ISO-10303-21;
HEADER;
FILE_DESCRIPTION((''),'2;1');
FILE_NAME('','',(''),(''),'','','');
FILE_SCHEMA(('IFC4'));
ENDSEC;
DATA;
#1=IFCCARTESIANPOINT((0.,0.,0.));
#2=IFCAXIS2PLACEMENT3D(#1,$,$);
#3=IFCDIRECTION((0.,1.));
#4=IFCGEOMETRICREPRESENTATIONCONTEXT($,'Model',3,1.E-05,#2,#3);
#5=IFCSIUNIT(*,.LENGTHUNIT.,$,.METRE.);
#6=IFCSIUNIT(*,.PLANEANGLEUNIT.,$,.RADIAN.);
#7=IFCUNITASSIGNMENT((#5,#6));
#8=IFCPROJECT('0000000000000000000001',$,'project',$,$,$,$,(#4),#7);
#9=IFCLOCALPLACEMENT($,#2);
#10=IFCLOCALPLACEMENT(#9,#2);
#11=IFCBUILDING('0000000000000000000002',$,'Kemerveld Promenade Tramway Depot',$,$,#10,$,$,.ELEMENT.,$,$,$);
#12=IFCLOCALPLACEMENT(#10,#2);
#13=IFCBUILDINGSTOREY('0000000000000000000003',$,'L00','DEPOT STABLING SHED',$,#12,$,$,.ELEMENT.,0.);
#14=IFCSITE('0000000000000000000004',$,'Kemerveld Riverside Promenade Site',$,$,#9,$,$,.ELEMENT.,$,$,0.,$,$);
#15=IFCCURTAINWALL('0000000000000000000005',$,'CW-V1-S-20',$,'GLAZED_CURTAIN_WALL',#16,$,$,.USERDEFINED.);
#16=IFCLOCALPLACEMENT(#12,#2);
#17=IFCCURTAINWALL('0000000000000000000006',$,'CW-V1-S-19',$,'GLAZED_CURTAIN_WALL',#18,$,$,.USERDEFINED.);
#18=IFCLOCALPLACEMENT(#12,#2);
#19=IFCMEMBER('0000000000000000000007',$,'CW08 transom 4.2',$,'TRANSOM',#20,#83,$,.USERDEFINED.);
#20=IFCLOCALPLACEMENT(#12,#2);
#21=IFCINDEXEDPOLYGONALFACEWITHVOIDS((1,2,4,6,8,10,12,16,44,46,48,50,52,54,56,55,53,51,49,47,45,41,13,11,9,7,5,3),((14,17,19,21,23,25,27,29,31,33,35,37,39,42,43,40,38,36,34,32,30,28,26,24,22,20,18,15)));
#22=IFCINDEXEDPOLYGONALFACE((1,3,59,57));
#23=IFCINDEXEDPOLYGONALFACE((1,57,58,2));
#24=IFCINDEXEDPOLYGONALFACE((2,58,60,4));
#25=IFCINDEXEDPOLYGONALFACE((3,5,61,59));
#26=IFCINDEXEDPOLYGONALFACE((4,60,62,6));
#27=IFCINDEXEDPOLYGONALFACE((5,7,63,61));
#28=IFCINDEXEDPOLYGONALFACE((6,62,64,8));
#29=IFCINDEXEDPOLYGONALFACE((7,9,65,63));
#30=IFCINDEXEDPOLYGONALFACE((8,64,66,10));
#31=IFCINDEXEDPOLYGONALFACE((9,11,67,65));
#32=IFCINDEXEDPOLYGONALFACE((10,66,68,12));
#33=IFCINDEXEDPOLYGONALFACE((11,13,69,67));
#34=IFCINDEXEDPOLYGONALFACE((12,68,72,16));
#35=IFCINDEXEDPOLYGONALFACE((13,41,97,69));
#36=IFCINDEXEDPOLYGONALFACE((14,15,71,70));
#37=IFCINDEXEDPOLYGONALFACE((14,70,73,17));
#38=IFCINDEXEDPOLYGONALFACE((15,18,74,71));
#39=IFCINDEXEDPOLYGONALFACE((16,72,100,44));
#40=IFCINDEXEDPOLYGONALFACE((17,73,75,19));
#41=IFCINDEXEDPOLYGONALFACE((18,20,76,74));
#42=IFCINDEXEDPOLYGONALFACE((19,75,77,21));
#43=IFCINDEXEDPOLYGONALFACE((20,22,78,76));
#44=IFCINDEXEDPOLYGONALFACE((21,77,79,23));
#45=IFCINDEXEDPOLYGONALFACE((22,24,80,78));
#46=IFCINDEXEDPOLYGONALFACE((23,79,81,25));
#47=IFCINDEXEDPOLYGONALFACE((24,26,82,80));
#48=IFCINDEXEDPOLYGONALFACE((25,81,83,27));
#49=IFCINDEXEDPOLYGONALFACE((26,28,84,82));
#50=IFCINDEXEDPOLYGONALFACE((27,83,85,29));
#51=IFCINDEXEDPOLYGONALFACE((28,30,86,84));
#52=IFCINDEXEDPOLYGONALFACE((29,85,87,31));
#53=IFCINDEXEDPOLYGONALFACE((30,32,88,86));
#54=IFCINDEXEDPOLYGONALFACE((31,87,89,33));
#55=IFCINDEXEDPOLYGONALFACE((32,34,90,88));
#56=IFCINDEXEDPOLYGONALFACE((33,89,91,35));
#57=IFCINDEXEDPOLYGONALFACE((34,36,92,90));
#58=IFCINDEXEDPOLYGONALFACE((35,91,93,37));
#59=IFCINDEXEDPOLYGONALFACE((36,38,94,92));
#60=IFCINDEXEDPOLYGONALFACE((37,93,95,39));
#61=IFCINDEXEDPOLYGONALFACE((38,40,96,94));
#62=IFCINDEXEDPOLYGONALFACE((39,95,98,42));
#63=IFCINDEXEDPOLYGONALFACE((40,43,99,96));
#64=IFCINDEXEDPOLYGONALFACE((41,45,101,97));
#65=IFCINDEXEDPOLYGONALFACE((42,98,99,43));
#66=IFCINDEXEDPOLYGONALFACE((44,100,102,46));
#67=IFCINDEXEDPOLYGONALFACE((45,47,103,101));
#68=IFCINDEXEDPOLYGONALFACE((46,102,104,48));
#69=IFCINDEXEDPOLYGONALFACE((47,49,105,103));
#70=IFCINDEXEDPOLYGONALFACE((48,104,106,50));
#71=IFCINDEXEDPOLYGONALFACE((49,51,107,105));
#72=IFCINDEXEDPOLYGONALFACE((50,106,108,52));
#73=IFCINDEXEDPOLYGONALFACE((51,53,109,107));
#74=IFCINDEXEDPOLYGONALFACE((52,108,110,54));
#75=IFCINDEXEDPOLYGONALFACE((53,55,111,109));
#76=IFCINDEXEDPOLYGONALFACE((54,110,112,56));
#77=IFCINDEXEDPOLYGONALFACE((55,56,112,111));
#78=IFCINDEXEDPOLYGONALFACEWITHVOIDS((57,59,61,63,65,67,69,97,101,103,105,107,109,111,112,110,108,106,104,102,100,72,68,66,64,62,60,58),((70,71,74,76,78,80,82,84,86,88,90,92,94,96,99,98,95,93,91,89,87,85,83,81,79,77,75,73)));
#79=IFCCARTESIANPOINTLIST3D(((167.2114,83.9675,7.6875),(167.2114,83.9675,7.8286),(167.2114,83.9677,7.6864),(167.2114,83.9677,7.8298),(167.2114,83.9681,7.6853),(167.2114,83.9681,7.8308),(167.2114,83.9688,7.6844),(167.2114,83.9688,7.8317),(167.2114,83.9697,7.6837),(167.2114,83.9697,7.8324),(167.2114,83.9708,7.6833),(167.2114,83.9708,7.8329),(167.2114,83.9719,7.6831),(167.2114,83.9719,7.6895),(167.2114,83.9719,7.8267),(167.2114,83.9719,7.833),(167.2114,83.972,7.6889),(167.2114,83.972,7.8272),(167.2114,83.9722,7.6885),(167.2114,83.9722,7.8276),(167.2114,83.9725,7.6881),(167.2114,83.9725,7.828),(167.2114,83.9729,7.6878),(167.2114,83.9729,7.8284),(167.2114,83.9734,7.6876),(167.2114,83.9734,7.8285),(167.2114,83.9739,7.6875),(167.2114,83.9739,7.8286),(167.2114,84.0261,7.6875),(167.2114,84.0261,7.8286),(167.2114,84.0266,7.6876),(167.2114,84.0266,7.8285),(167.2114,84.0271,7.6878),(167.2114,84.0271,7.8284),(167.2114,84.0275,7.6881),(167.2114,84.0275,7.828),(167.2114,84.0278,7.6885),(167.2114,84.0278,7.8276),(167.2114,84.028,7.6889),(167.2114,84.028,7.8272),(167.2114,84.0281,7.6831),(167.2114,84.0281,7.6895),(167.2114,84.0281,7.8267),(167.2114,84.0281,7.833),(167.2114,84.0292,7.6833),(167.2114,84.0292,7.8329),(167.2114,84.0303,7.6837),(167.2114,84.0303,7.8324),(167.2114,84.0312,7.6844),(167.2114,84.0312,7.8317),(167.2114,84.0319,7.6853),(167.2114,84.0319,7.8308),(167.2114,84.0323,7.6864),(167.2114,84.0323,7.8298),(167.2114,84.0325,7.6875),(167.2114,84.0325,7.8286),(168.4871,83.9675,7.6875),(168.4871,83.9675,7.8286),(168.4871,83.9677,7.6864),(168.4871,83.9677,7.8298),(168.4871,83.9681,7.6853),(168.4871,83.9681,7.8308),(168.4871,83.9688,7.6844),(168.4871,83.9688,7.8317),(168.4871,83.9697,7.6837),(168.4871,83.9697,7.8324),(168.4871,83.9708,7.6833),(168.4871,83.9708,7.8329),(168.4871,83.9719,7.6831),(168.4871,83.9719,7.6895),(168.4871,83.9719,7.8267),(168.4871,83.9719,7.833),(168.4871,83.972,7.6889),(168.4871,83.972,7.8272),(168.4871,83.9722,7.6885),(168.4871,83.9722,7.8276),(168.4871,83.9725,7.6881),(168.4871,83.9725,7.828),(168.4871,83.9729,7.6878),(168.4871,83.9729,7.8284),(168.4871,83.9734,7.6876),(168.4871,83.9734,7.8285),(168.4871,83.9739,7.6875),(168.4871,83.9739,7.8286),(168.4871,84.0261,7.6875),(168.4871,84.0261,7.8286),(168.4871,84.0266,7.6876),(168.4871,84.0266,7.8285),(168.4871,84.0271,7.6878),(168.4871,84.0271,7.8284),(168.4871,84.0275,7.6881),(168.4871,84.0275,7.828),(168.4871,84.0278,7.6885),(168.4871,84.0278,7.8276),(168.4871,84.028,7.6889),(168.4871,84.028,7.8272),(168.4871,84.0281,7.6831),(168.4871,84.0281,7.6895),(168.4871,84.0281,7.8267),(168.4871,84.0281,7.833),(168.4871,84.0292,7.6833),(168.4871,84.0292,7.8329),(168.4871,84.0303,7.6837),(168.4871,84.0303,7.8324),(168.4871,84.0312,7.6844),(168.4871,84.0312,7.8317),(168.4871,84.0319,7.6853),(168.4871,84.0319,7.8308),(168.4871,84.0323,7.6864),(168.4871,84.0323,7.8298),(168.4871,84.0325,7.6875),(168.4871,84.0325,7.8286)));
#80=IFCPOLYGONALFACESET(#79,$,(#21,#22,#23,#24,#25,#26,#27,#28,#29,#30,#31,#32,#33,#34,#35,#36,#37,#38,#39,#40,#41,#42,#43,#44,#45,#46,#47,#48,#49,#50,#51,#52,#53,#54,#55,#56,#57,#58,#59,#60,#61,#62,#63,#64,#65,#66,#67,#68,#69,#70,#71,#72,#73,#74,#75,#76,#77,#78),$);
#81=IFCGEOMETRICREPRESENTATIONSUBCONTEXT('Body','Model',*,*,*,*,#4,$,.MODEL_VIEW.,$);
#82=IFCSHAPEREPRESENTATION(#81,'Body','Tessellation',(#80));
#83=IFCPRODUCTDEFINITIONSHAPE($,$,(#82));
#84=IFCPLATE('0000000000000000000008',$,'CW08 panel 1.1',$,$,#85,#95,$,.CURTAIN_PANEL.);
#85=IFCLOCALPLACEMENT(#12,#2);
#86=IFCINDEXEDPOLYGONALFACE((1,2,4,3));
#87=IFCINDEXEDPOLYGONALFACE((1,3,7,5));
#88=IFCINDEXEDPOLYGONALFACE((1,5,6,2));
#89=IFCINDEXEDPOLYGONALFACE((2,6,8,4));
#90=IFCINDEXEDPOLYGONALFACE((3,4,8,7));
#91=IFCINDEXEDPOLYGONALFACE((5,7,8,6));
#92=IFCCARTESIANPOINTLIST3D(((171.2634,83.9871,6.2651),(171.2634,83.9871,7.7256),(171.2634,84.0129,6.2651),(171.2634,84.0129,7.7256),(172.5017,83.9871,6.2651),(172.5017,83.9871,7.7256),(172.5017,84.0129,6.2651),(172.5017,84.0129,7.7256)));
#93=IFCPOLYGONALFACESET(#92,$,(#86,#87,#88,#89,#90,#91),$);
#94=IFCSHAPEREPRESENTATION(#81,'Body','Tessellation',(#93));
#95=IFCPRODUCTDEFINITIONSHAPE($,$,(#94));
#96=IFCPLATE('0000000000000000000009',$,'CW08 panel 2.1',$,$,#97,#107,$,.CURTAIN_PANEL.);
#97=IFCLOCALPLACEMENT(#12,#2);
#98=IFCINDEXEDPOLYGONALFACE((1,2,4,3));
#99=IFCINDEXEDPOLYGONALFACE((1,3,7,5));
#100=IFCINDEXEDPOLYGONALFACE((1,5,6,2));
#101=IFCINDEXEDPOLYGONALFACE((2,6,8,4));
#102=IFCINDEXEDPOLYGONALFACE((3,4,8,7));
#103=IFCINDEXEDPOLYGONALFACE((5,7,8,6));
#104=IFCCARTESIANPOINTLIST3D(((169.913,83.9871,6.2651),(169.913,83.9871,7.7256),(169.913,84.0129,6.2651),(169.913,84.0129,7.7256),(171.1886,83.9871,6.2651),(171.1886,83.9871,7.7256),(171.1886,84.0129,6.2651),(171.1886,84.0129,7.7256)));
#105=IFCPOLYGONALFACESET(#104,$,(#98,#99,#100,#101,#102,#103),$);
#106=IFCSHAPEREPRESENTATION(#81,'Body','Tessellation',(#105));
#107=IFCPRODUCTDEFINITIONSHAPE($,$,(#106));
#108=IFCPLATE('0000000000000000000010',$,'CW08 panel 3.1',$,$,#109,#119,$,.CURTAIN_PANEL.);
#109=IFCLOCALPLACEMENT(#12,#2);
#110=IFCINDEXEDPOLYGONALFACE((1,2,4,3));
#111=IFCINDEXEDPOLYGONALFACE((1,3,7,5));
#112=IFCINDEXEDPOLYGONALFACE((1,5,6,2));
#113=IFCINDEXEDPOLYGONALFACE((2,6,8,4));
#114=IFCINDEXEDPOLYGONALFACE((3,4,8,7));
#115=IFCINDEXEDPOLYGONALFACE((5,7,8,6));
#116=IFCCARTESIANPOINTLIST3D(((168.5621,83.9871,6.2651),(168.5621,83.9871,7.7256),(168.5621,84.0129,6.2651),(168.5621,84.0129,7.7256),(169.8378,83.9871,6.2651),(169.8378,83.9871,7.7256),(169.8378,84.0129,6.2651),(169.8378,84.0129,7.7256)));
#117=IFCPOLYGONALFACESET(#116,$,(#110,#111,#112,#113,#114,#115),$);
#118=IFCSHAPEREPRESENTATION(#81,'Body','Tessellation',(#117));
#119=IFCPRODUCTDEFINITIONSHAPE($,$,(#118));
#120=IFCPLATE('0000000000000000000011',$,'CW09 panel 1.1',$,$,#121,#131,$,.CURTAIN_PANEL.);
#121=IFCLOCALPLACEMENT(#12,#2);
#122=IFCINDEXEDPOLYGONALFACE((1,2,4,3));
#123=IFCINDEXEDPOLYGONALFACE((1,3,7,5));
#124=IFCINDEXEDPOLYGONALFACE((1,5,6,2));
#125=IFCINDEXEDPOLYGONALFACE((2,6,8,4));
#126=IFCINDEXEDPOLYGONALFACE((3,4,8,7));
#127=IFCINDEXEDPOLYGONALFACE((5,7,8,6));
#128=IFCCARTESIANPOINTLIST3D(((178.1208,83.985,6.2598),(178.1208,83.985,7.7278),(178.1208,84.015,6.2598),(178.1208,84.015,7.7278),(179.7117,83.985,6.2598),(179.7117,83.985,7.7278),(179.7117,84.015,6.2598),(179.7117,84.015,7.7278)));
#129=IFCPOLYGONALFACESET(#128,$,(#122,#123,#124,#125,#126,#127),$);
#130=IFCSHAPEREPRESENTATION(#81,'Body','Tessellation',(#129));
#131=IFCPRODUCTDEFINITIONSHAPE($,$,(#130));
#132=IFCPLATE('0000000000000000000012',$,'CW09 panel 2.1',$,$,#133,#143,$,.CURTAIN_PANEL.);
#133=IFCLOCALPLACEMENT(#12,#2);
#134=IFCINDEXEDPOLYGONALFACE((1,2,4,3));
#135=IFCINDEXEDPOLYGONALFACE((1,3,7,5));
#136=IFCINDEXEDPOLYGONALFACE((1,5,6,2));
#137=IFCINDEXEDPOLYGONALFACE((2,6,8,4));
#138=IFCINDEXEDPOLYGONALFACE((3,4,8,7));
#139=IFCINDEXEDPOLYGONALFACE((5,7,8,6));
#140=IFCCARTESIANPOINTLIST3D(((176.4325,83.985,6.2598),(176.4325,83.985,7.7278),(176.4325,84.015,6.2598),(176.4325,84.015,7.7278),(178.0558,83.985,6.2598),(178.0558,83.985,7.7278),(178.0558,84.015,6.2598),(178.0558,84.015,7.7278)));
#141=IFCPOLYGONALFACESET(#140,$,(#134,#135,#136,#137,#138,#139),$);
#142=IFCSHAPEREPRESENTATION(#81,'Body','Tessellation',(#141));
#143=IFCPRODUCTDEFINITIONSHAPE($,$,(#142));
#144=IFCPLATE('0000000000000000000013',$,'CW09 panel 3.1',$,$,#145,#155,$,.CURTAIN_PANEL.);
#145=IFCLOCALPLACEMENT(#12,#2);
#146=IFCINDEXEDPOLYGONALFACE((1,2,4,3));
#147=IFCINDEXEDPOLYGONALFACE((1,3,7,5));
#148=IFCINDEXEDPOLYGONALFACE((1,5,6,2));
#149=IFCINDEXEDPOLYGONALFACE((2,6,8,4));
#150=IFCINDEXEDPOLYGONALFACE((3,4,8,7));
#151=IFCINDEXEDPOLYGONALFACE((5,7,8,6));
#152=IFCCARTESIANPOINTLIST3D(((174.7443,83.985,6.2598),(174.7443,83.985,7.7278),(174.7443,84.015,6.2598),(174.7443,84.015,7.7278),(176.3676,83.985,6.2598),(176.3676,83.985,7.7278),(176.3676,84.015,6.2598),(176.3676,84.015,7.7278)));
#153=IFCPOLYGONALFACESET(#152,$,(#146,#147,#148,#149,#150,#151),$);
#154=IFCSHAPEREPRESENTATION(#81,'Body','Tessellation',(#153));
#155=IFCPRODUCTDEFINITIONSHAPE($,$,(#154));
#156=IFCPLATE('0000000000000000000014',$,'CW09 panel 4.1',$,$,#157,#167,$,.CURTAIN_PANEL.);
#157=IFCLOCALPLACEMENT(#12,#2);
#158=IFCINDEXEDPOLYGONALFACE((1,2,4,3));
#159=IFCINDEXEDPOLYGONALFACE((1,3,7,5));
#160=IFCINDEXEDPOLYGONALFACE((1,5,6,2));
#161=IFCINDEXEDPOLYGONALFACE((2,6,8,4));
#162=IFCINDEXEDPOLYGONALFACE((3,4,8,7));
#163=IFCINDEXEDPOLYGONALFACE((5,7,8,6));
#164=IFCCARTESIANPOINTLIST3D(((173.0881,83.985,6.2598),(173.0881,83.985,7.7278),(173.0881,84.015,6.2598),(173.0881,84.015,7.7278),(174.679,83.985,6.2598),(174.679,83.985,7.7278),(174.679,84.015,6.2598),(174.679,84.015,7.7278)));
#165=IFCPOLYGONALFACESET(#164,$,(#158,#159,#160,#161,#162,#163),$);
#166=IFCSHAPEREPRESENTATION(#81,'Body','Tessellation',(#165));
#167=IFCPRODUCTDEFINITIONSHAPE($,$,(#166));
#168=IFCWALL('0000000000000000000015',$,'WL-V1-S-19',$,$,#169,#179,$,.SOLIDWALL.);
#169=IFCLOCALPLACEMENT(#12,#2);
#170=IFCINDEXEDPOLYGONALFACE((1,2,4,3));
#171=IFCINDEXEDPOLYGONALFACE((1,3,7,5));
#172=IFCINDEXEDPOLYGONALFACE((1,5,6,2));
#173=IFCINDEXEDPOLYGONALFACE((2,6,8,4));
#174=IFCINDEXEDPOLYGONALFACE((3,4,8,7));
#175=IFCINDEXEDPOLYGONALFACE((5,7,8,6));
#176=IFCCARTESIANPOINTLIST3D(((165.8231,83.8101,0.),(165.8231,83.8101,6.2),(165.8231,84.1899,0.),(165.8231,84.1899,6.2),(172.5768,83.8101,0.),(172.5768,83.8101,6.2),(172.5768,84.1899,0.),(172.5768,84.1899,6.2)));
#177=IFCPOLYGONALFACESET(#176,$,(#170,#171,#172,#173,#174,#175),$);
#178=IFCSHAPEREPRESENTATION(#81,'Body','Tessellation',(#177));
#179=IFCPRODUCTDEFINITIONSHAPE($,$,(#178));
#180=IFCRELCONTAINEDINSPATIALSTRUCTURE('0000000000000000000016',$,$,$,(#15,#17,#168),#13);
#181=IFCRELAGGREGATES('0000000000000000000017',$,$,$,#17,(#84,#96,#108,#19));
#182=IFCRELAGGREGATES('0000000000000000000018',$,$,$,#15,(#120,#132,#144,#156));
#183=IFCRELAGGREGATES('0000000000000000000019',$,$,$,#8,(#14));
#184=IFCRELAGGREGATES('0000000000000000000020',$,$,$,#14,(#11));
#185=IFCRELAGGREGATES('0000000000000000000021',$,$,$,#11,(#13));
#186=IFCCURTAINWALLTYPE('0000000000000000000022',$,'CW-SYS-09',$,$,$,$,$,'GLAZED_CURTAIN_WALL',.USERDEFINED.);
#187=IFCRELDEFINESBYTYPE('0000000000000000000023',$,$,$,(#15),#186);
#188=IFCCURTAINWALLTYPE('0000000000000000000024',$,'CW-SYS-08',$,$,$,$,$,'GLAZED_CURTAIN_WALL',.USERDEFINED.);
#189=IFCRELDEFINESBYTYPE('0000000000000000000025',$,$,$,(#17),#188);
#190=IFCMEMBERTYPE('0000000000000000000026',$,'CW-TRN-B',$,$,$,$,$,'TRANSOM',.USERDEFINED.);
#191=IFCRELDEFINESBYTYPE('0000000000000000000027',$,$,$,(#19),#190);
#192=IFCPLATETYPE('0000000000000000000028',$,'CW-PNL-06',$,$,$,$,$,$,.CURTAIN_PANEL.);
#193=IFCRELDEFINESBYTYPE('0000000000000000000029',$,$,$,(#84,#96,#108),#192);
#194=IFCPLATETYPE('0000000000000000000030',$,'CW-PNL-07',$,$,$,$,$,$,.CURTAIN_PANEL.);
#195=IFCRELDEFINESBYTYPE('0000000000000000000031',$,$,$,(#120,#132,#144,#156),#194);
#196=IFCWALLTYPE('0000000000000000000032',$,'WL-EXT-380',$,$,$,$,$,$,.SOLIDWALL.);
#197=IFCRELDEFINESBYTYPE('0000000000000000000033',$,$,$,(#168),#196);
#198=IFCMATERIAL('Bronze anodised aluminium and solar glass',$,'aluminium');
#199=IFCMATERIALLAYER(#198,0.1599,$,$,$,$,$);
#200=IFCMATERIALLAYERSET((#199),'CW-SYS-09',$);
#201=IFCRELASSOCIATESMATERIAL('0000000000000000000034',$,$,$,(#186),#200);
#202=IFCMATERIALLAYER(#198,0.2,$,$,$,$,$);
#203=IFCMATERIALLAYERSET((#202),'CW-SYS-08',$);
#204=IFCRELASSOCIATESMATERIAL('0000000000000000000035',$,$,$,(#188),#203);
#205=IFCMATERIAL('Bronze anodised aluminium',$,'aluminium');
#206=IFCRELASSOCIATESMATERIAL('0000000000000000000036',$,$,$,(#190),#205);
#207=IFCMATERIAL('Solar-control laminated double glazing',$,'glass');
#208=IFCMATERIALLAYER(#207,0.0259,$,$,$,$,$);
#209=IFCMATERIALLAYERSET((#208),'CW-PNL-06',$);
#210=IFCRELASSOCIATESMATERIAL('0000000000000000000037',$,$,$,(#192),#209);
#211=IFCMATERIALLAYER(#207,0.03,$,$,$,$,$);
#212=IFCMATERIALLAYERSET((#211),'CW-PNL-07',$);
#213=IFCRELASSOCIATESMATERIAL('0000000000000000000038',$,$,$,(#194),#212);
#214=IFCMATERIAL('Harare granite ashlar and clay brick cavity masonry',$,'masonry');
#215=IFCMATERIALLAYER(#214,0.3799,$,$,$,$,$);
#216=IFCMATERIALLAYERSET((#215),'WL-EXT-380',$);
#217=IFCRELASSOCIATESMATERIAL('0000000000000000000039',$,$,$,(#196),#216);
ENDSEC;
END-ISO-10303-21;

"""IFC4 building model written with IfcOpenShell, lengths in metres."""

from ifc_helpers import new_model, si_unit, direction, frame, frame_2d, origin, origin_2d, place, context, subcontext, project, spatial, rectangle, hollow_rectangle, extrude, material, layer, layer_set, material_profile, profile_set, type_object, element, aggregate, save


model = new_model("IFC4")

# Units and contexts
model_context = context("Model", 3, precision=1e-05, world=origin(), true_north=direction((0.0, 1.0)))
body_context = subcontext(model_context, "Body", "Model", "MODEL_VIEW")
ifc_project = project(units=[si_unit("LENGTHUNIT", "METRE"), si_unit("PLANEANGLEUNIT", "RADIAN")], contexts=[model_context])

# Site, building, storey
site_placement = place(None, origin())
site = spatial("IfcSite", under=ifc_project, at=site_placement, Name="Kemerveld Riverside Promenade Site", CompositionType="ELEMENT", RefElevation=0.0)
building_placement = place(site_placement, origin())
building = spatial("IfcBuilding", under=site, at=building_placement, Name="Kemerveld Promenade Tramway Depot", CompositionType="ELEMENT")
storey_placement = place(building_placement, origin())
storey = spatial("IfcBuildingStorey", under=building, at=storey_placement, Name="L00", Description="DEPOT STABLING SHED", CompositionType="ELEMENT", Elevation=0.0)

# Curtain walls
ifc_material_1 = material(Name="Bronze anodised aluminium and solar glass", Category="aluminium")
ifc_layer_1 = layer(ifc_material_1, 0.1599)
ifc_layer_set_1 = layer_set([ifc_layer_1], Name="CW-SYS-09")
curtain_wall_type_1 = type_object("IfcCurtainWallType", Name="CW-SYS-09", ElementType="GLAZED_CURTAIN_WALL", PredefinedType="USERDEFINED", material=ifc_layer_set_1)
curtain_wall_1_placement = place(storey_placement, origin())
curtain_wall_1 = element("IfcCurtainWall", 1, at=curtain_wall_1_placement, inside=storey, type_object=curtain_wall_type_1, Name="CW-V1-S-20", ObjectType="GLAZED_CURTAIN_WALL", PredefinedType="USERDEFINED")
ifc_material_2 = material(Name="Bronze anodised aluminium", Category="aluminium")
ifc_layer_2 = layer(ifc_material_1, 0.2)
ifc_layer_set_2 = layer_set([ifc_layer_2], Name="CW-SYS-08")
curtain_wall_type_2 = type_object("IfcCurtainWallType", Name="CW-SYS-08", ElementType="GLAZED_CURTAIN_WALL", PredefinedType="USERDEFINED", material=ifc_layer_set_2)
curtain_wall_2_placement = place(storey_placement, origin())
curtain_wall_2 = element("IfcCurtainWall", 2, at=curtain_wall_2_placement, inside=storey, type_object=curtain_wall_type_2, Name="CW-V1-S-19", ObjectType="GLAZED_CURTAIN_WALL", PredefinedType="USERDEFINED")

# Member
ifc_material_profile_1 = material_profile(ifc_material_2, hollow_rectangle(XDim=0.0649, YDim=0.1499, WallThickness=0.0044, InnerFilletRadius=0.002, OuterFilletRadius=0.0044, at=origin_2d()), Name="CW-TRN-150x65")
ifc_profile_set_1 = profile_set([ifc_material_profile_1], Name="Bronze anodised aluminium")
member_type_1 = type_object("IfcMemberType", Name="CW-TRN-B", ElementType="TRANSOM", PredefinedType="USERDEFINED", material=ifc_profile_set_1)
member_1_placement = place(storey_placement, frame((168.4871, 84.0, 7.7581), z_axis=(-1.0, 0.0, 0.0), x_axis=(0.0, -1.0, 0.0)))
member_1 = element("IfcMember", 3, at=member_1_placement, type_object=member_type_1, Name="CW08 transom 4.2", ObjectType="TRANSOM", PredefinedType="USERDEFINED", context=body_context, shape_type="SweptSolid", body=[
    extrude(hollow_rectangle(XDim=0.0649, YDim=0.1499, WallThickness=0.0044, InnerFilletRadius=0.002, OuterFilletRadius=0.0044, at=origin_2d()), origin(), (0.0, 0.0, 1.0), 1.2756),
])

# Plates
ifc_material_3 = material(Name="Solar-control laminated double glazing", Category="glass")
ifc_layer_3 = layer(ifc_material_3, 0.0259)
ifc_layer_set_3 = layer_set([ifc_layer_3], Name="CW-PNL-06")
plate_type_1 = type_object("IfcPlateType", Name="CW-PNL-06", PredefinedType="CURTAIN_PANEL", material=ifc_layer_set_3)
plate_1_placement = place(storey_placement, frame((171.8826, 84.0, 6.2651), z_axis=(0.0, 0.0, 1.0), x_axis=(-1.0, 0.0, 0.0)))
plate_1 = element("IfcPlate", 4, at=plate_1_placement, type_object=plate_type_1, Name="CW08 panel 1.1", PredefinedType="CURTAIN_PANEL", context=body_context, shape_type="SweptSolid", body=[
    extrude(rectangle(XDim=1.2383, YDim=0.0259, at=origin_2d()), origin(), (0.0, 0.0, 1.0), 1.4604),
])
plate_2_placement = place(storey_placement, frame((170.5508, 84.0, 6.2651), z_axis=(0.0, 0.0, 1.0), x_axis=(-1.0, 0.0, 0.0)))
plate_2 = element("IfcPlate", 5, at=plate_2_placement, type_object=plate_type_1, Name="CW08 panel 2.1", PredefinedType="CURTAIN_PANEL", context=body_context, shape_type="SweptSolid", body=[
    extrude(rectangle(XDim=1.2756, YDim=0.0259, at=origin_2d()), origin(), (0.0, 0.0, 1.0), 1.4604),
])
plate_3_placement = place(storey_placement, frame((169.2, 84.0, 6.2651), z_axis=(0.0, 0.0, 1.0), x_axis=(-1.0, 0.0, 0.0)))
plate_3 = element("IfcPlate", 6, at=plate_3_placement, type_object=plate_type_1, Name="CW08 panel 3.1", PredefinedType="CURTAIN_PANEL", context=body_context, shape_type="SweptSolid", body=[
    extrude(rectangle(XDim=1.2756, YDim=0.0259, at=origin_2d()), origin(), (0.0, 0.0, 1.0), 1.4604),
])
aggregate(curtain_wall_2, [plate_1, plate_2, plate_3, member_1])
ifc_layer_4 = layer(ifc_material_3, 0.03)
ifc_layer_set_4 = layer_set([ifc_layer_4], Name="CW-PNL-07")
plate_type_2 = type_object("IfcPlateType", Name="CW-PNL-07", PredefinedType="CURTAIN_PANEL", material=ifc_layer_set_4)
plate_4_placement = place(storey_placement, frame((178.9163, 84.0, 6.2598), z_axis=(0.0, 0.0, 1.0), x_axis=(-1.0, 0.0, 0.0)))
plate_4 = element("IfcPlate", 7, at=plate_4_placement, type_object=plate_type_2, Name="CW09 panel 1.1", PredefinedType="CURTAIN_PANEL", context=body_context, shape_type="SweptSolid", body=[
    extrude(rectangle(XDim=1.5908, YDim=0.03, at=origin_2d()), origin(), (0.0, 0.0, 1.0), 1.468),
])
plate_5_placement = place(storey_placement, frame((177.2441, 84.0, 6.2598), z_axis=(0.0, 0.0, 1.0), x_axis=(-1.0, 0.0, 0.0)))
plate_5 = element("IfcPlate", 8, at=plate_5_placement, type_object=plate_type_2, Name="CW09 panel 2.1", PredefinedType="CURTAIN_PANEL", context=body_context, shape_type="SweptSolid", body=[
    extrude(rectangle(XDim=1.6233, YDim=0.03, at=origin_2d()), origin(), (0.0, 0.0, 1.0), 1.468),
])
plate_6_placement = place(storey_placement, frame((175.5559, 84.0, 6.2598), z_axis=(0.0, 0.0, 1.0), x_axis=(-1.0, 0.0, 0.0)))
plate_6 = element("IfcPlate", 9, at=plate_6_placement, type_object=plate_type_2, Name="CW09 panel 3.1", PredefinedType="CURTAIN_PANEL", context=body_context, shape_type="SweptSolid", body=[
    extrude(rectangle(XDim=1.6233, YDim=0.03, at=origin_2d()), origin(), (0.0, 0.0, 1.0), 1.468),
])
plate_7_placement = place(storey_placement, frame((173.8835, 84.0, 6.2598), z_axis=(0.0, 0.0, 1.0), x_axis=(-1.0, 0.0, 0.0)))
plate_7 = element("IfcPlate", 10, at=plate_7_placement, type_object=plate_type_2, Name="CW09 panel 4.1", PredefinedType="CURTAIN_PANEL", context=body_context, shape_type="SweptSolid", body=[
    extrude(rectangle(XDim=1.5908, YDim=0.03, at=origin_2d()), origin(), (0.0, 0.0, 1.0), 1.468),
])
aggregate(curtain_wall_1, [plate_4, plate_5, plate_6, plate_7])

# Wall
ifc_material_4 = material(Name="Harare granite ashlar and clay brick cavity masonry", Category="masonry")
ifc_layer_5 = layer(ifc_material_4, 0.3799)
ifc_layer_set_5 = layer_set([ifc_layer_5], Name="WL-EXT-380")
wall_type = type_object("IfcWallType", Name="WL-EXT-380", PredefinedType="SOLIDWALL", material=ifc_layer_set_5)
wall_placement = place(storey_placement, frame((172.5769, 84.0, 0.0), z_axis=(0.0, 0.0, 1.0), x_axis=(-1.0, 0.0, 0.0)))
element("IfcWall", 11, at=wall_placement, inside=storey, type_object=wall_type, Name="WL-V1-S-19", PredefinedType="SOLIDWALL", context=body_context, shape_type="SweptSolid", body=[
    extrude(rectangle(XDim=6.7537, YDim=0.3799, at=frame_2d((3.377, 0.0))), origin(), (0.0, 0.0, 1.0), 6.2),
])

save(model, "model.ifc")
